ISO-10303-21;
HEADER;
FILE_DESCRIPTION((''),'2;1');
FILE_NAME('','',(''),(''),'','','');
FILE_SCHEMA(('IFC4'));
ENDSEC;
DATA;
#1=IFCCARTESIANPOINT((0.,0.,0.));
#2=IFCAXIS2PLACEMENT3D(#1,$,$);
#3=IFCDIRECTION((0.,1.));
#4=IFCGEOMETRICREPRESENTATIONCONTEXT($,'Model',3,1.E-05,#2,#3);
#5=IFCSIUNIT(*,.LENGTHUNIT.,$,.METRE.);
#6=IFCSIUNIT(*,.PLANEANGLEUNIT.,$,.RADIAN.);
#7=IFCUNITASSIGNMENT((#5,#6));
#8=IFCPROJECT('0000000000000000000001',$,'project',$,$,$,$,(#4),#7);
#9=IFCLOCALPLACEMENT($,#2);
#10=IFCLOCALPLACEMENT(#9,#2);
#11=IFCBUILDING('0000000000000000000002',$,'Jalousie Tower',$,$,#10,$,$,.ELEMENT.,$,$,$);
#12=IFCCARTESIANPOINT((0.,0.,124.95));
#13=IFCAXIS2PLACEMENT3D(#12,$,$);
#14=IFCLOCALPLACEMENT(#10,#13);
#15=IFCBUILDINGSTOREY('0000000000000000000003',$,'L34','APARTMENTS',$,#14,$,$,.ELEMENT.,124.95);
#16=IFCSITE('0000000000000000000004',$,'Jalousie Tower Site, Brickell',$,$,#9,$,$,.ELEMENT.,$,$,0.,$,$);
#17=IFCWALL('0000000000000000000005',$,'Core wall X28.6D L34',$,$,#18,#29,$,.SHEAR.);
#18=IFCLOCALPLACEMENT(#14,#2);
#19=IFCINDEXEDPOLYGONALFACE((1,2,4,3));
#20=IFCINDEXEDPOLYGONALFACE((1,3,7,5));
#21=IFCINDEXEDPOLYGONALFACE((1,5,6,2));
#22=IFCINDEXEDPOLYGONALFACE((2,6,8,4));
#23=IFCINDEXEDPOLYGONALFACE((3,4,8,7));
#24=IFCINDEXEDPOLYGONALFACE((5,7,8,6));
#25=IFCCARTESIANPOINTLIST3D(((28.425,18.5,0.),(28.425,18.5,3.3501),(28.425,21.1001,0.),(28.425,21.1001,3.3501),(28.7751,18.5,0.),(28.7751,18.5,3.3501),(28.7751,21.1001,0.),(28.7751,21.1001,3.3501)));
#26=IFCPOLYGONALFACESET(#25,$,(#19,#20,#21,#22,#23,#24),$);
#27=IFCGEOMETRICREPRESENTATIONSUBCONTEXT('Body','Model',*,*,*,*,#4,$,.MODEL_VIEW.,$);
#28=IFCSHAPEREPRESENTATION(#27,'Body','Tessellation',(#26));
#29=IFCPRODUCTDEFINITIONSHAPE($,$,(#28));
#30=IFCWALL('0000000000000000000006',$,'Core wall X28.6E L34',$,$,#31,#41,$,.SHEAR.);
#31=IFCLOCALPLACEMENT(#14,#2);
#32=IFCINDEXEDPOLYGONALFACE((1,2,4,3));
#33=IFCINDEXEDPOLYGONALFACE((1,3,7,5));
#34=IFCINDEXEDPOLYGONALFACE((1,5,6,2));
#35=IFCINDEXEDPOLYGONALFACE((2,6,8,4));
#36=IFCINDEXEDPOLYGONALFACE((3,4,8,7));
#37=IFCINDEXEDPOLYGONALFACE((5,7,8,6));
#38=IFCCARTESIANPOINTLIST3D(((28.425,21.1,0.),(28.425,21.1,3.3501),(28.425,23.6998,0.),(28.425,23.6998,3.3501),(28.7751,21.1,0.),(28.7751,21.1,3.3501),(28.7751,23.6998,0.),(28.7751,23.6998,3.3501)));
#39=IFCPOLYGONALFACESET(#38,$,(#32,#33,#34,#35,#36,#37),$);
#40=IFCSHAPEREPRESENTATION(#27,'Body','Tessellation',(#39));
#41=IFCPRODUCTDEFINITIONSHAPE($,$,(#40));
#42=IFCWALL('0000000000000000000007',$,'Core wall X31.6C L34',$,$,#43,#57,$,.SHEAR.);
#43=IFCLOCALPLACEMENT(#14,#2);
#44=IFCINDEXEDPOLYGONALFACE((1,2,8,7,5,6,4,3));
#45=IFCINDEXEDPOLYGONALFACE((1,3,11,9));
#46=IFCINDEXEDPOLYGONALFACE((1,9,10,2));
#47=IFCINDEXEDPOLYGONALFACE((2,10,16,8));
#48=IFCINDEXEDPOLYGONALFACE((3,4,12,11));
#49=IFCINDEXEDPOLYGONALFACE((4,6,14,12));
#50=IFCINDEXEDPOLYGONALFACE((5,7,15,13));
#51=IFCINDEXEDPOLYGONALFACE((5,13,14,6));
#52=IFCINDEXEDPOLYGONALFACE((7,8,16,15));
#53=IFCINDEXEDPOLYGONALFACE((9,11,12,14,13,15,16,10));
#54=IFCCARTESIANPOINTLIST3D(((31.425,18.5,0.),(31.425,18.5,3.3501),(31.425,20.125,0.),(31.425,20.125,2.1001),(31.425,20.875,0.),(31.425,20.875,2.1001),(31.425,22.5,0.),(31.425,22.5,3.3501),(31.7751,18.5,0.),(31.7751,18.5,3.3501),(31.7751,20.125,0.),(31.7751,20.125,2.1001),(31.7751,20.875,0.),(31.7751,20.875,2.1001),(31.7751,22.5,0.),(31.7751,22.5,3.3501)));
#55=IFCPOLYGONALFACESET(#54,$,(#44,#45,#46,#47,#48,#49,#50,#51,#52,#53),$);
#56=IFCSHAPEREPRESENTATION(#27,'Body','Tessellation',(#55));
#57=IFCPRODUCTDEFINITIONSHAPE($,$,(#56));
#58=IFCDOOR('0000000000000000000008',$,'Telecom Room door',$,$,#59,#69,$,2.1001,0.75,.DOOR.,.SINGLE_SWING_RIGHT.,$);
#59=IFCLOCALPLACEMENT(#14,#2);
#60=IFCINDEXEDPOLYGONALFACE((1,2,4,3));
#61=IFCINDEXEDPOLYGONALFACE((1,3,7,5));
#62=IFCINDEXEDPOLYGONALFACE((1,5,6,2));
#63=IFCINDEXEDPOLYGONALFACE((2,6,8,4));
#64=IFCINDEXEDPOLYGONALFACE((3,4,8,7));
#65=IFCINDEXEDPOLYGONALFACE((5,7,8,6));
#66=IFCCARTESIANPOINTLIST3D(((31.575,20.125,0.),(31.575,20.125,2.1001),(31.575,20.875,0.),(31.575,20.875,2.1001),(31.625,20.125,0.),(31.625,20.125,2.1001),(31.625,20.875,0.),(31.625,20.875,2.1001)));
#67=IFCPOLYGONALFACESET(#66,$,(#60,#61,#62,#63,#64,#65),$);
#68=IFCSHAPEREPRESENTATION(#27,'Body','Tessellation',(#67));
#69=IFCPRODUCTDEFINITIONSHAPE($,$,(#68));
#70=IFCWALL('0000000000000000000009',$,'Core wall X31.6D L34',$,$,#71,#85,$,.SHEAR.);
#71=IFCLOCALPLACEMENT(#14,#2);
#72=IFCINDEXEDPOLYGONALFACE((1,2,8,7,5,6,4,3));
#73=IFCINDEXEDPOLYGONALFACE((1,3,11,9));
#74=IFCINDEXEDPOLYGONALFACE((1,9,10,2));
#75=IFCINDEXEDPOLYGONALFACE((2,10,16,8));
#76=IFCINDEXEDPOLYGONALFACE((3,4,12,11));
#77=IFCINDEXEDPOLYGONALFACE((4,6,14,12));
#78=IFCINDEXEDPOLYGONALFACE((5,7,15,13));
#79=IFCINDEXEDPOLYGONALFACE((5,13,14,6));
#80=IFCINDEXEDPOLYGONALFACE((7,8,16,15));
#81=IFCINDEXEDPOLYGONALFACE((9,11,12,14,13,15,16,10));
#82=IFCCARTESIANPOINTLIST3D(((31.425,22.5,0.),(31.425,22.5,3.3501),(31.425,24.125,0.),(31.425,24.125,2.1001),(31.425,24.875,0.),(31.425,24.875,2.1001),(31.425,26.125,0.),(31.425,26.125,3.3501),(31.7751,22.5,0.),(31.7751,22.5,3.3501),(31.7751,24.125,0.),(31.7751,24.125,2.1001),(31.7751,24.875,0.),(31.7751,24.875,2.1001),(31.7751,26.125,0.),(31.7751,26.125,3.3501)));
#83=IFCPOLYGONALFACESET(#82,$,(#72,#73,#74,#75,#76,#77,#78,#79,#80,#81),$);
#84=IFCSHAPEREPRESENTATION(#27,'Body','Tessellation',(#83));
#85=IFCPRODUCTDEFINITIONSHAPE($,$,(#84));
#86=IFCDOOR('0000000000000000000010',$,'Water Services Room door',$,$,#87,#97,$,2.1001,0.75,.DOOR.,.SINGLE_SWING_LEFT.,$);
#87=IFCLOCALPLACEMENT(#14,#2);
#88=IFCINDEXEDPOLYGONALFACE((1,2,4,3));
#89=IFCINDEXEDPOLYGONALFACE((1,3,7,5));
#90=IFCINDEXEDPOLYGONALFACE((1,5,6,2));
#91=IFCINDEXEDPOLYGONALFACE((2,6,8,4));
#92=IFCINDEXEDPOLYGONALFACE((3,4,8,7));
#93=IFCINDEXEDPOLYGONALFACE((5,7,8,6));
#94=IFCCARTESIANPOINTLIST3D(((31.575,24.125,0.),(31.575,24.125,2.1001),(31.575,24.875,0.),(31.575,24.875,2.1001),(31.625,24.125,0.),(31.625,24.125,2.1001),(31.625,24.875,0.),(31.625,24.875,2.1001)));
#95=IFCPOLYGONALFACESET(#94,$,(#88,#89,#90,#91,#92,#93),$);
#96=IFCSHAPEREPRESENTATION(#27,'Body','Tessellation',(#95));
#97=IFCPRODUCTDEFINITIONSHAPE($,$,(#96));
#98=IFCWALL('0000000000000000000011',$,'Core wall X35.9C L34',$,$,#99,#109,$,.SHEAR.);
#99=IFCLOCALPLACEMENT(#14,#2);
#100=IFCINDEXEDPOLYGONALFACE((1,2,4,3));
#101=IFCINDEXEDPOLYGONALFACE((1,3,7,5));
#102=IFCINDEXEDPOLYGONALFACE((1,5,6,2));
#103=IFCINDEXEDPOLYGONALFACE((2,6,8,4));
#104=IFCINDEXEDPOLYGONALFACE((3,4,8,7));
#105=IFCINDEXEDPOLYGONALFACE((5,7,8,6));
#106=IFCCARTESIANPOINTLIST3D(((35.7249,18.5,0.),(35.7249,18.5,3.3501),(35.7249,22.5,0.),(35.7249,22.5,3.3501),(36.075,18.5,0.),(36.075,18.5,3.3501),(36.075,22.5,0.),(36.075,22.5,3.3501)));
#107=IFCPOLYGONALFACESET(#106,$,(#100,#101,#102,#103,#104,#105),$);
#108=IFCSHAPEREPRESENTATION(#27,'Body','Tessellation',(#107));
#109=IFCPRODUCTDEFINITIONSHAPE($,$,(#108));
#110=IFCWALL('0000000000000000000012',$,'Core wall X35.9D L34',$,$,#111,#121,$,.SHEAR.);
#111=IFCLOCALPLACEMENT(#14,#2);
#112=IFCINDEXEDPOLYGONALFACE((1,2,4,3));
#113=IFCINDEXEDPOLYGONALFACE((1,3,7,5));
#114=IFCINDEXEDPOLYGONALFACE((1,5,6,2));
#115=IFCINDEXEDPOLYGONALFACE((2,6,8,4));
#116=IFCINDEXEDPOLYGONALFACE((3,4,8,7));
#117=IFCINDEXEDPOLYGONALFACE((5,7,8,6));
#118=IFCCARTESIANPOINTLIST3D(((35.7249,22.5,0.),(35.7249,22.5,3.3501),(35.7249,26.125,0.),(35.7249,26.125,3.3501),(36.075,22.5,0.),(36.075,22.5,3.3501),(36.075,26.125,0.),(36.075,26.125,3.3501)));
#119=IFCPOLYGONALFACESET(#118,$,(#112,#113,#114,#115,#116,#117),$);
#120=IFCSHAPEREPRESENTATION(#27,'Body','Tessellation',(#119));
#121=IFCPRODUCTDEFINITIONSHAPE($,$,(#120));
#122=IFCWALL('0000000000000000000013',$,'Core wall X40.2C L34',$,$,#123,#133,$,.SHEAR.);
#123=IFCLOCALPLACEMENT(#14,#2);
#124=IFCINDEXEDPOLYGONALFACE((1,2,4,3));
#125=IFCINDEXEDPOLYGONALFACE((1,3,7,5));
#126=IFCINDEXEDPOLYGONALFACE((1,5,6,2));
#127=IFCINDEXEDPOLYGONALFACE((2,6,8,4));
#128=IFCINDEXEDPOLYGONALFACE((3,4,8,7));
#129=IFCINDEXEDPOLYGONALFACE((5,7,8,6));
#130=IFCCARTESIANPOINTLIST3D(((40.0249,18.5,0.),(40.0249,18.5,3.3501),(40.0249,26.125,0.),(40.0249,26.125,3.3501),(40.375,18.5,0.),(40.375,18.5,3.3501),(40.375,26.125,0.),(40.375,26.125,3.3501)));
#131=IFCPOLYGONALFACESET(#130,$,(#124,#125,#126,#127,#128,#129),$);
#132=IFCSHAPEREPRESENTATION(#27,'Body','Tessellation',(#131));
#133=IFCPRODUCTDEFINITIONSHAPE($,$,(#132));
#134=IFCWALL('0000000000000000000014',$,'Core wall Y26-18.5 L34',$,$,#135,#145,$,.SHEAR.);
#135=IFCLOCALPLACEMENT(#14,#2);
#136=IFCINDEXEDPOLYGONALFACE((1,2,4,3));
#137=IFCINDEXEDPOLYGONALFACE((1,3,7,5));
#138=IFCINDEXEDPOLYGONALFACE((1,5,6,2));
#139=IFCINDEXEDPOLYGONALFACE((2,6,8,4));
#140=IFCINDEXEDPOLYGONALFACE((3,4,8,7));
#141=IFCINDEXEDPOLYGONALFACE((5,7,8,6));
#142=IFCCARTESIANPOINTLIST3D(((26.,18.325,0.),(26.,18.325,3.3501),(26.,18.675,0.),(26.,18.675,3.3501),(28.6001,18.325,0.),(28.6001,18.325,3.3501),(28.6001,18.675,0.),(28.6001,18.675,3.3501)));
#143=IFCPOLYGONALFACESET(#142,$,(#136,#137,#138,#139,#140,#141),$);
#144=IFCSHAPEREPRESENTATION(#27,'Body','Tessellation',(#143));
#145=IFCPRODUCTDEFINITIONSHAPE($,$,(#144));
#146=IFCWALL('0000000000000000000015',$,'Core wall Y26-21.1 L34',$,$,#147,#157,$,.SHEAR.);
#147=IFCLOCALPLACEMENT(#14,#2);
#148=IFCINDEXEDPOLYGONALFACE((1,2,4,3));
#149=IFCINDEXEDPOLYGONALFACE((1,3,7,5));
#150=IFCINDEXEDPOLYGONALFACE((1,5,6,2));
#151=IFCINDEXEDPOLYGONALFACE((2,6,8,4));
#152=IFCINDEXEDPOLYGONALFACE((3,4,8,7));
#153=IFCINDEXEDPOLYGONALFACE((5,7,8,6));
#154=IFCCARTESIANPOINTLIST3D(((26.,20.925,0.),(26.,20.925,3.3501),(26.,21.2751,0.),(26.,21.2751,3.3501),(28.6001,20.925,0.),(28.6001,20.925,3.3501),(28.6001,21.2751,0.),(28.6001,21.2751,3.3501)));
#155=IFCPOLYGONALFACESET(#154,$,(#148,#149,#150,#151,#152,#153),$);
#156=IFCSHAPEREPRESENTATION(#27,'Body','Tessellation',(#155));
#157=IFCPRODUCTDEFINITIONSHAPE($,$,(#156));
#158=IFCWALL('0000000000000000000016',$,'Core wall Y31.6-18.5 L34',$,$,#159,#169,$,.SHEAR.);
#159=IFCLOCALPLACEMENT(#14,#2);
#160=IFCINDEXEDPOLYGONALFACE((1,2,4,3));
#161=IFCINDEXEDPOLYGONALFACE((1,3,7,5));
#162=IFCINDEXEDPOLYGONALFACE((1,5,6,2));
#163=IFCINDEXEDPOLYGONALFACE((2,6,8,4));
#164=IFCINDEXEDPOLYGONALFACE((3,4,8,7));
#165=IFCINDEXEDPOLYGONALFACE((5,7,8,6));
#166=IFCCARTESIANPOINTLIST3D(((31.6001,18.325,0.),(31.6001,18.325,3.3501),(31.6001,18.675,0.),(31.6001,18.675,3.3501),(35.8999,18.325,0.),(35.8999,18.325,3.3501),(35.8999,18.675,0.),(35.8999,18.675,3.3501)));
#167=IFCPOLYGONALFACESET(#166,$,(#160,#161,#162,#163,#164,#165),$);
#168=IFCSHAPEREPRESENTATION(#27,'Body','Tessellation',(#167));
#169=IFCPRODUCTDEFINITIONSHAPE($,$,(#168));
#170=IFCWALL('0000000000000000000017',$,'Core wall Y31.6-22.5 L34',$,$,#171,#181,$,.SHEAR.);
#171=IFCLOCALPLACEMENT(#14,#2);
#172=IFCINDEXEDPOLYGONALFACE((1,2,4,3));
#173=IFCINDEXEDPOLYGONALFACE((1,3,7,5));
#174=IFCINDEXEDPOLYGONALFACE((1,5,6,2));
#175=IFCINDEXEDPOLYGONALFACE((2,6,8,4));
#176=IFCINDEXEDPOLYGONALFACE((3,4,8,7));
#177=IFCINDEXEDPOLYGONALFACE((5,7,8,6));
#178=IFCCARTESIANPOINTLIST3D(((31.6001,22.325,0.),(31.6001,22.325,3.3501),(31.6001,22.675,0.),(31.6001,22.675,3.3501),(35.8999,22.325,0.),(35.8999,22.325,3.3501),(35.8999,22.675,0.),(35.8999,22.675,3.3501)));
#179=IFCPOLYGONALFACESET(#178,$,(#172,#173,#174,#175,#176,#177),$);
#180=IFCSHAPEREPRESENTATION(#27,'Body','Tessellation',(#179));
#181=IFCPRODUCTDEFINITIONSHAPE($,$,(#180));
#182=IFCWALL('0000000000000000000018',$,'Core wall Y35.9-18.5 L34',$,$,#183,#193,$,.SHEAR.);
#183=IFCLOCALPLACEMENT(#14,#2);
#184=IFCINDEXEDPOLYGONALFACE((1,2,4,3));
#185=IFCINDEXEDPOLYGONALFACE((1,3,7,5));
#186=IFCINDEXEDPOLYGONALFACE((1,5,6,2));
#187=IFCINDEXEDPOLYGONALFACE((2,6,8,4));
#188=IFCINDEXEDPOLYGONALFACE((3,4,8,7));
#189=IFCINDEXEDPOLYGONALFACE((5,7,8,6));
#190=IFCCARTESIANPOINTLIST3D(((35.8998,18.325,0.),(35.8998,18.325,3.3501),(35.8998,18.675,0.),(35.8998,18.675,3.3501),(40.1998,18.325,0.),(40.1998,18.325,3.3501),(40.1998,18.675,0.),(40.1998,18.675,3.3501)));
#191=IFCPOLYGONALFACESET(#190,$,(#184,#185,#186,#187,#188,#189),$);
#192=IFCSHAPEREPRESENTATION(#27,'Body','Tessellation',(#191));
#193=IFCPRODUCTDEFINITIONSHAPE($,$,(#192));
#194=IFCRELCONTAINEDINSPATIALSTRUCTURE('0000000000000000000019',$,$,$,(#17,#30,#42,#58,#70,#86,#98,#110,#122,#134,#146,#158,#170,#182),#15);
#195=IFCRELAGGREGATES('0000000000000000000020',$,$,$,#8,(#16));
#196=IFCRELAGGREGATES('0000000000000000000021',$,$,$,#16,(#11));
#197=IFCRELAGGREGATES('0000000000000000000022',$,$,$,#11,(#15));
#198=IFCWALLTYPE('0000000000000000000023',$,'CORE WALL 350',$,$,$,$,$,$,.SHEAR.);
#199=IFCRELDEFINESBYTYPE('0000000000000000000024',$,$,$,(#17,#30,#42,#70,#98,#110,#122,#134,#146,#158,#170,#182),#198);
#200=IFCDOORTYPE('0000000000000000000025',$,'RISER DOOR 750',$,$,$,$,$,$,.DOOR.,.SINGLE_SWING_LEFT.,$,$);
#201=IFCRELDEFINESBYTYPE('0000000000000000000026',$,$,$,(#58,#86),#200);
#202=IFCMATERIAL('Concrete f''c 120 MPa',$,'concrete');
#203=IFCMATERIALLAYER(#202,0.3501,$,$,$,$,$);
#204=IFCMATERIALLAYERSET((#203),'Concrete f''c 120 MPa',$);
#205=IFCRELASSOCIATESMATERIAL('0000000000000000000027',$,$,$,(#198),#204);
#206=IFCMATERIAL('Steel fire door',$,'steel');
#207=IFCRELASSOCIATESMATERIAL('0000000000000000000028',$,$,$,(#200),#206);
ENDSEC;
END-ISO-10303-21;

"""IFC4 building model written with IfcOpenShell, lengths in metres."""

from ifc_helpers import new_model, si_unit, direction, frame, frame_2d, origin, place, context, subcontext, project, spatial, rectangle, extrude, material, layer, layer_set, type_object, element, fill, save


model = new_model("IFC4")

# Units and contexts
model_context = context("Model", 3, precision=1e-05, world=origin(), true_north=direction((0.0, 1.0)))
body_context = subcontext(model_context, "Body", "Model", "MODEL_VIEW")
ifc_project = project(units=[si_unit("LENGTHUNIT", "METRE"), si_unit("PLANEANGLEUNIT", "RADIAN")], contexts=[model_context])

# Site, building, storey
site_placement = place(None, origin())
site = spatial("IfcSite", under=ifc_project, at=site_placement, Name="Jalousie Tower Site, Brickell", CompositionType="ELEMENT", RefElevation=0.0)
building_placement = place(site_placement, origin())
building = spatial("IfcBuilding", under=site, at=building_placement, Name="Jalousie Tower", CompositionType="ELEMENT")
storey_placement = place(building_placement, frame((0.0, 0.0, 124.95)))
storey = spatial("IfcBuildingStorey", under=building, at=storey_placement, Name="L34", Description="APARTMENTS", CompositionType="ELEMENT", Elevation=124.95)

# Walls
ifc_material_1 = material(Name="Concrete f'c 120 MPa", Category="concrete")
ifc_layer = layer(ifc_material_1, 0.3501)
ifc_layer_set = layer_set([ifc_layer], Name="Concrete f'c 120 MPa")
wall_type = type_object("IfcWallType", Name="CORE WALL 350", PredefinedType="SHEAR", material=ifc_layer_set)
wall_1_placement = place(storey_placement, frame((28.6001, 18.5, 0.0), z_axis=(0.0, 0.0, 1.0), x_axis=(0.0, 1.0, 0.0)))
element("IfcWall", 1, at=wall_1_placement, inside=storey, type_object=wall_type, Name="Core wall X28.6D L34", PredefinedType="SHEAR", context=body_context, shape_type="SweptSolid", body=[
    extrude(rectangle(XDim=2.6001, YDim=0.3501, at=frame_2d((1.3, 0.0))), origin(), (0.0, 0.0, 1.0), 3.3501),
])
wall_2_placement = place(storey_placement, frame((28.6001, 21.1001, 0.0), z_axis=(0.0, 0.0, 1.0), x_axis=(0.0, 1.0, 0.0)))
element("IfcWall", 2, at=wall_2_placement, inside=storey, type_object=wall_type, Name="Core wall X28.6E L34", PredefinedType="SHEAR", context=body_context, shape_type="SweptSolid", body=[
    extrude(rectangle(XDim=2.5999, YDim=0.3501, at=frame_2d((1.2998, 0.0))), origin(), (0.0, 0.0, 1.0), 3.3501),
])

# Walls, openings, doors
wall_3_placement = place(storey_placement, frame((31.6001, 18.5, 0.0), z_axis=(0.0, 0.0, 1.0), x_axis=(0.0, 1.0, 0.0)))
wall_3 = element("IfcWall", 3, at=wall_3_placement, inside=storey, type_object=wall_type, Name="Core wall X31.6C L34", PredefinedType="SHEAR", context=body_context, shape_type="SweptSolid", body=[
    extrude(rectangle(XDim=4.0, YDim=0.3501, at=frame_2d((2.0, 0.0))), origin(), (0.0, 0.0, 1.0), 3.3501),
])
opening_1_placement = place(wall_3_placement, frame((1.625, 0.0, 0.0)))
opening_1 = element("IfcOpeningElement", 4, at=opening_1_placement, cuts=wall_3, PredefinedType="OPENING", context=body_context, shape_type="SweptSolid", body=[
    extrude(rectangle(XDim=0.75, YDim=2.1001, at=frame_2d((0.375, 1.05))), frame((0.0, 0.1851, 0.0), z_axis=(0.0, -1.0, 0.0), x_axis=(1.0, 0.0, 0.0)), (0.0, 0.0, 1.0), 0.3701),
])
ifc_material_2 = material(Name="Steel fire door", Category="steel")
door_type_1 = type_object("IfcDoorType", Name="RISER DOOR 750", OperationType="SINGLE_SWING_LEFT", PredefinedType="DOOR", material=ifc_material_2)
door_1_placement = place(opening_1_placement, frame((0.75, 0.0, 0.0), z_axis=(0.0, 0.0, 1.0), x_axis=(-1.0, 0.0, 0.0)))
door_1 = element("IfcDoor", 5, at=door_1_placement, inside=storey, type_object=door_type_1, Name="Telecom Room door", OperationType="SINGLE_SWING_RIGHT", OverallHeight=2.1001, OverallWidth=0.75, PredefinedType="DOOR", context=body_context, shape_type="SweptSolid", body=[
    extrude(rectangle(XDim=0.75, YDim=2.1001, at=frame_2d((0.375, 1.05))), frame((0.0, 0.0249, 0.0), z_axis=(0.0, -1.0, 0.0), x_axis=(1.0, 0.0, 0.0)), (0.0, 0.0, 1.0), 0.05),
])
fill(opening_1, door_1)
wall_4_placement = place(storey_placement, frame((31.6001, 22.5, 0.0), z_axis=(0.0, 0.0, 1.0), x_axis=(0.0, 1.0, 0.0)))
wall_4 = element("IfcWall", 6, at=wall_4_placement, inside=storey, type_object=wall_type, Name="Core wall X31.6D L34", PredefinedType="SHEAR", context=body_context, shape_type="SweptSolid", body=[
    extrude(rectangle(XDim=3.625, YDim=0.3501, at=frame_2d((1.8125, 0.0))), origin(), (0.0, 0.0, 1.0), 3.3501),
])
opening_2_placement = place(wall_4_placement, frame((1.625, 0.0, 0.0)))
opening_2 = element("IfcOpeningElement", 7, at=opening_2_placement, cuts=wall_4, PredefinedType="OPENING", context=body_context, shape_type="SweptSolid", body=[
    extrude(rectangle(XDim=0.75, YDim=2.1001, at=frame_2d((0.375, 1.05))), frame((0.0, 0.1851, 0.0), z_axis=(0.0, -1.0, 0.0), x_axis=(1.0, 0.0, 0.0)), (0.0, 0.0, 1.0), 0.3701),
])
door_2_placement = place(opening_2_placement, frame((0.75, 0.0, 0.0), z_axis=(0.0, 0.0, 1.0), x_axis=(-1.0, 0.0, 0.0)))
door_2 = element("IfcDoor", 8, at=door_2_placement, inside=storey, type_object=door_type_1, Name="Water Services Room door", OperationType="SINGLE_SWING_LEFT", OverallHeight=2.1001, OverallWidth=0.75, PredefinedType="DOOR", context=body_context, shape_type="SweptSolid", body=[
    extrude(rectangle(XDim=0.75, YDim=2.1001, at=frame_2d((0.375, 1.05))), frame((0.0, 0.0249, 0.0), z_axis=(0.0, -1.0, 0.0), x_axis=(1.0, 0.0, 0.0)), (0.0, 0.0, 1.0), 0.05),
])
fill(opening_2, door_2)

# Walls
wall_5_placement = place(storey_placement, frame((35.8999, 18.5, 0.0), z_axis=(0.0, 0.0, 1.0), x_axis=(0.0, 1.0, 0.0)))
element("IfcWall", 9, at=wall_5_placement, inside=storey, type_object=wall_type, Name="Core wall X35.9C L34", PredefinedType="SHEAR", context=body_context, shape_type="SweptSolid", body=[
    extrude(rectangle(XDim=4.0, YDim=0.3501, at=frame_2d((2.0, 0.0))), origin(), (0.0, 0.0, 1.0), 3.3501),
])
wall_6_placement = place(storey_placement, frame((35.8999, 22.5, 0.0), z_axis=(0.0, 0.0, 1.0), x_axis=(0.0, 1.0, 0.0)))
element("IfcWall", 10, at=wall_6_placement, inside=storey, type_object=wall_type, Name="Core wall X35.9D L34", PredefinedType="SHEAR", context=body_context, shape_type="SweptSolid", body=[
    extrude(rectangle(XDim=3.625, YDim=0.3501, at=frame_2d((1.8125, 0.0))), origin(), (0.0, 0.0, 1.0), 3.3501),
])
wall_7_placement = place(storey_placement, frame((40.2, 18.5, 0.0), z_axis=(0.0, 0.0, 1.0), x_axis=(0.0, 1.0, 0.0)))
element("IfcWall", 11, at=wall_7_placement, inside=storey, type_object=wall_type, Name="Core wall X40.2C L34", PredefinedType="SHEAR", context=body_context, shape_type="SweptSolid", body=[
    extrude(rectangle(XDim=7.625, YDim=0.3501, at=frame_2d((3.8125, 0.0))), origin(), (0.0, 0.0, 1.0), 3.3501),
])
for number, where, z_axis, x_axis, name in (
    (12, (26.0, 18.5, 0.0), (0.0, 0.0, 1.0), (1.0, 0.0, 0.0), "Core wall Y26-18.5 L34"),
    (13, (26.0, 21.1001, 0.0), (0.0, 0.0, 1.0), (1.0, 0.0, 0.0), "Core wall Y26-21.1 L34"),
):
    element("IfcWall", number, at=place(storey_placement, frame(where, z_axis=z_axis, x_axis=x_axis)), inside=storey, type_object=wall_type, Name=name, PredefinedType="SHEAR", context=body_context, shape_type="SweptSolid", body=[
        extrude(rectangle(XDim=2.6001, YDim=0.3501, at=frame_2d((1.3, 0.0))), origin(), (0.0, 0.0, 1.0), 3.3501),
    ])
for number, where, z_axis, x_axis, name in (
    (14, (31.6001, 18.5, 0.0), (0.0, 0.0, 1.0), (1.0, 0.0, 0.0), "Core wall Y31.6-18.5 L34"),
    (15, (31.6001, 22.5, 0.0), (0.0, 0.0, 1.0), (1.0, 0.0, 0.0), "Core wall Y31.6-22.5 L34"),
):
    element("IfcWall", number, at=place(storey_placement, frame(where, z_axis=z_axis, x_axis=x_axis)), inside=storey, type_object=wall_type, Name=name, PredefinedType="SHEAR", context=body_context, shape_type="SweptSolid", body=[
        extrude(rectangle(XDim=4.2998, YDim=0.3501, at=frame_2d((2.1499, 0.0))), origin(), (0.0, 0.0, 1.0), 3.3501),
    ])
wall_8_placement = place(storey_placement, frame((35.8999, 18.5, 0.0), z_axis=(0.0, 0.0, 1.0), x_axis=(1.0, 0.0, 0.0)))
element("IfcWall", 16, at=wall_8_placement, inside=storey, type_object=wall_type, Name="Core wall Y35.9-18.5 L34", PredefinedType="SHEAR", context=body_context, shape_type="SweptSolid", body=[
    extrude(rectangle(XDim=4.3, YDim=0.3501, at=frame_2d((2.1499, 0.0))), origin(), (0.0, 0.0, 1.0), 3.3501),
])

save(model, "model.ifc")
